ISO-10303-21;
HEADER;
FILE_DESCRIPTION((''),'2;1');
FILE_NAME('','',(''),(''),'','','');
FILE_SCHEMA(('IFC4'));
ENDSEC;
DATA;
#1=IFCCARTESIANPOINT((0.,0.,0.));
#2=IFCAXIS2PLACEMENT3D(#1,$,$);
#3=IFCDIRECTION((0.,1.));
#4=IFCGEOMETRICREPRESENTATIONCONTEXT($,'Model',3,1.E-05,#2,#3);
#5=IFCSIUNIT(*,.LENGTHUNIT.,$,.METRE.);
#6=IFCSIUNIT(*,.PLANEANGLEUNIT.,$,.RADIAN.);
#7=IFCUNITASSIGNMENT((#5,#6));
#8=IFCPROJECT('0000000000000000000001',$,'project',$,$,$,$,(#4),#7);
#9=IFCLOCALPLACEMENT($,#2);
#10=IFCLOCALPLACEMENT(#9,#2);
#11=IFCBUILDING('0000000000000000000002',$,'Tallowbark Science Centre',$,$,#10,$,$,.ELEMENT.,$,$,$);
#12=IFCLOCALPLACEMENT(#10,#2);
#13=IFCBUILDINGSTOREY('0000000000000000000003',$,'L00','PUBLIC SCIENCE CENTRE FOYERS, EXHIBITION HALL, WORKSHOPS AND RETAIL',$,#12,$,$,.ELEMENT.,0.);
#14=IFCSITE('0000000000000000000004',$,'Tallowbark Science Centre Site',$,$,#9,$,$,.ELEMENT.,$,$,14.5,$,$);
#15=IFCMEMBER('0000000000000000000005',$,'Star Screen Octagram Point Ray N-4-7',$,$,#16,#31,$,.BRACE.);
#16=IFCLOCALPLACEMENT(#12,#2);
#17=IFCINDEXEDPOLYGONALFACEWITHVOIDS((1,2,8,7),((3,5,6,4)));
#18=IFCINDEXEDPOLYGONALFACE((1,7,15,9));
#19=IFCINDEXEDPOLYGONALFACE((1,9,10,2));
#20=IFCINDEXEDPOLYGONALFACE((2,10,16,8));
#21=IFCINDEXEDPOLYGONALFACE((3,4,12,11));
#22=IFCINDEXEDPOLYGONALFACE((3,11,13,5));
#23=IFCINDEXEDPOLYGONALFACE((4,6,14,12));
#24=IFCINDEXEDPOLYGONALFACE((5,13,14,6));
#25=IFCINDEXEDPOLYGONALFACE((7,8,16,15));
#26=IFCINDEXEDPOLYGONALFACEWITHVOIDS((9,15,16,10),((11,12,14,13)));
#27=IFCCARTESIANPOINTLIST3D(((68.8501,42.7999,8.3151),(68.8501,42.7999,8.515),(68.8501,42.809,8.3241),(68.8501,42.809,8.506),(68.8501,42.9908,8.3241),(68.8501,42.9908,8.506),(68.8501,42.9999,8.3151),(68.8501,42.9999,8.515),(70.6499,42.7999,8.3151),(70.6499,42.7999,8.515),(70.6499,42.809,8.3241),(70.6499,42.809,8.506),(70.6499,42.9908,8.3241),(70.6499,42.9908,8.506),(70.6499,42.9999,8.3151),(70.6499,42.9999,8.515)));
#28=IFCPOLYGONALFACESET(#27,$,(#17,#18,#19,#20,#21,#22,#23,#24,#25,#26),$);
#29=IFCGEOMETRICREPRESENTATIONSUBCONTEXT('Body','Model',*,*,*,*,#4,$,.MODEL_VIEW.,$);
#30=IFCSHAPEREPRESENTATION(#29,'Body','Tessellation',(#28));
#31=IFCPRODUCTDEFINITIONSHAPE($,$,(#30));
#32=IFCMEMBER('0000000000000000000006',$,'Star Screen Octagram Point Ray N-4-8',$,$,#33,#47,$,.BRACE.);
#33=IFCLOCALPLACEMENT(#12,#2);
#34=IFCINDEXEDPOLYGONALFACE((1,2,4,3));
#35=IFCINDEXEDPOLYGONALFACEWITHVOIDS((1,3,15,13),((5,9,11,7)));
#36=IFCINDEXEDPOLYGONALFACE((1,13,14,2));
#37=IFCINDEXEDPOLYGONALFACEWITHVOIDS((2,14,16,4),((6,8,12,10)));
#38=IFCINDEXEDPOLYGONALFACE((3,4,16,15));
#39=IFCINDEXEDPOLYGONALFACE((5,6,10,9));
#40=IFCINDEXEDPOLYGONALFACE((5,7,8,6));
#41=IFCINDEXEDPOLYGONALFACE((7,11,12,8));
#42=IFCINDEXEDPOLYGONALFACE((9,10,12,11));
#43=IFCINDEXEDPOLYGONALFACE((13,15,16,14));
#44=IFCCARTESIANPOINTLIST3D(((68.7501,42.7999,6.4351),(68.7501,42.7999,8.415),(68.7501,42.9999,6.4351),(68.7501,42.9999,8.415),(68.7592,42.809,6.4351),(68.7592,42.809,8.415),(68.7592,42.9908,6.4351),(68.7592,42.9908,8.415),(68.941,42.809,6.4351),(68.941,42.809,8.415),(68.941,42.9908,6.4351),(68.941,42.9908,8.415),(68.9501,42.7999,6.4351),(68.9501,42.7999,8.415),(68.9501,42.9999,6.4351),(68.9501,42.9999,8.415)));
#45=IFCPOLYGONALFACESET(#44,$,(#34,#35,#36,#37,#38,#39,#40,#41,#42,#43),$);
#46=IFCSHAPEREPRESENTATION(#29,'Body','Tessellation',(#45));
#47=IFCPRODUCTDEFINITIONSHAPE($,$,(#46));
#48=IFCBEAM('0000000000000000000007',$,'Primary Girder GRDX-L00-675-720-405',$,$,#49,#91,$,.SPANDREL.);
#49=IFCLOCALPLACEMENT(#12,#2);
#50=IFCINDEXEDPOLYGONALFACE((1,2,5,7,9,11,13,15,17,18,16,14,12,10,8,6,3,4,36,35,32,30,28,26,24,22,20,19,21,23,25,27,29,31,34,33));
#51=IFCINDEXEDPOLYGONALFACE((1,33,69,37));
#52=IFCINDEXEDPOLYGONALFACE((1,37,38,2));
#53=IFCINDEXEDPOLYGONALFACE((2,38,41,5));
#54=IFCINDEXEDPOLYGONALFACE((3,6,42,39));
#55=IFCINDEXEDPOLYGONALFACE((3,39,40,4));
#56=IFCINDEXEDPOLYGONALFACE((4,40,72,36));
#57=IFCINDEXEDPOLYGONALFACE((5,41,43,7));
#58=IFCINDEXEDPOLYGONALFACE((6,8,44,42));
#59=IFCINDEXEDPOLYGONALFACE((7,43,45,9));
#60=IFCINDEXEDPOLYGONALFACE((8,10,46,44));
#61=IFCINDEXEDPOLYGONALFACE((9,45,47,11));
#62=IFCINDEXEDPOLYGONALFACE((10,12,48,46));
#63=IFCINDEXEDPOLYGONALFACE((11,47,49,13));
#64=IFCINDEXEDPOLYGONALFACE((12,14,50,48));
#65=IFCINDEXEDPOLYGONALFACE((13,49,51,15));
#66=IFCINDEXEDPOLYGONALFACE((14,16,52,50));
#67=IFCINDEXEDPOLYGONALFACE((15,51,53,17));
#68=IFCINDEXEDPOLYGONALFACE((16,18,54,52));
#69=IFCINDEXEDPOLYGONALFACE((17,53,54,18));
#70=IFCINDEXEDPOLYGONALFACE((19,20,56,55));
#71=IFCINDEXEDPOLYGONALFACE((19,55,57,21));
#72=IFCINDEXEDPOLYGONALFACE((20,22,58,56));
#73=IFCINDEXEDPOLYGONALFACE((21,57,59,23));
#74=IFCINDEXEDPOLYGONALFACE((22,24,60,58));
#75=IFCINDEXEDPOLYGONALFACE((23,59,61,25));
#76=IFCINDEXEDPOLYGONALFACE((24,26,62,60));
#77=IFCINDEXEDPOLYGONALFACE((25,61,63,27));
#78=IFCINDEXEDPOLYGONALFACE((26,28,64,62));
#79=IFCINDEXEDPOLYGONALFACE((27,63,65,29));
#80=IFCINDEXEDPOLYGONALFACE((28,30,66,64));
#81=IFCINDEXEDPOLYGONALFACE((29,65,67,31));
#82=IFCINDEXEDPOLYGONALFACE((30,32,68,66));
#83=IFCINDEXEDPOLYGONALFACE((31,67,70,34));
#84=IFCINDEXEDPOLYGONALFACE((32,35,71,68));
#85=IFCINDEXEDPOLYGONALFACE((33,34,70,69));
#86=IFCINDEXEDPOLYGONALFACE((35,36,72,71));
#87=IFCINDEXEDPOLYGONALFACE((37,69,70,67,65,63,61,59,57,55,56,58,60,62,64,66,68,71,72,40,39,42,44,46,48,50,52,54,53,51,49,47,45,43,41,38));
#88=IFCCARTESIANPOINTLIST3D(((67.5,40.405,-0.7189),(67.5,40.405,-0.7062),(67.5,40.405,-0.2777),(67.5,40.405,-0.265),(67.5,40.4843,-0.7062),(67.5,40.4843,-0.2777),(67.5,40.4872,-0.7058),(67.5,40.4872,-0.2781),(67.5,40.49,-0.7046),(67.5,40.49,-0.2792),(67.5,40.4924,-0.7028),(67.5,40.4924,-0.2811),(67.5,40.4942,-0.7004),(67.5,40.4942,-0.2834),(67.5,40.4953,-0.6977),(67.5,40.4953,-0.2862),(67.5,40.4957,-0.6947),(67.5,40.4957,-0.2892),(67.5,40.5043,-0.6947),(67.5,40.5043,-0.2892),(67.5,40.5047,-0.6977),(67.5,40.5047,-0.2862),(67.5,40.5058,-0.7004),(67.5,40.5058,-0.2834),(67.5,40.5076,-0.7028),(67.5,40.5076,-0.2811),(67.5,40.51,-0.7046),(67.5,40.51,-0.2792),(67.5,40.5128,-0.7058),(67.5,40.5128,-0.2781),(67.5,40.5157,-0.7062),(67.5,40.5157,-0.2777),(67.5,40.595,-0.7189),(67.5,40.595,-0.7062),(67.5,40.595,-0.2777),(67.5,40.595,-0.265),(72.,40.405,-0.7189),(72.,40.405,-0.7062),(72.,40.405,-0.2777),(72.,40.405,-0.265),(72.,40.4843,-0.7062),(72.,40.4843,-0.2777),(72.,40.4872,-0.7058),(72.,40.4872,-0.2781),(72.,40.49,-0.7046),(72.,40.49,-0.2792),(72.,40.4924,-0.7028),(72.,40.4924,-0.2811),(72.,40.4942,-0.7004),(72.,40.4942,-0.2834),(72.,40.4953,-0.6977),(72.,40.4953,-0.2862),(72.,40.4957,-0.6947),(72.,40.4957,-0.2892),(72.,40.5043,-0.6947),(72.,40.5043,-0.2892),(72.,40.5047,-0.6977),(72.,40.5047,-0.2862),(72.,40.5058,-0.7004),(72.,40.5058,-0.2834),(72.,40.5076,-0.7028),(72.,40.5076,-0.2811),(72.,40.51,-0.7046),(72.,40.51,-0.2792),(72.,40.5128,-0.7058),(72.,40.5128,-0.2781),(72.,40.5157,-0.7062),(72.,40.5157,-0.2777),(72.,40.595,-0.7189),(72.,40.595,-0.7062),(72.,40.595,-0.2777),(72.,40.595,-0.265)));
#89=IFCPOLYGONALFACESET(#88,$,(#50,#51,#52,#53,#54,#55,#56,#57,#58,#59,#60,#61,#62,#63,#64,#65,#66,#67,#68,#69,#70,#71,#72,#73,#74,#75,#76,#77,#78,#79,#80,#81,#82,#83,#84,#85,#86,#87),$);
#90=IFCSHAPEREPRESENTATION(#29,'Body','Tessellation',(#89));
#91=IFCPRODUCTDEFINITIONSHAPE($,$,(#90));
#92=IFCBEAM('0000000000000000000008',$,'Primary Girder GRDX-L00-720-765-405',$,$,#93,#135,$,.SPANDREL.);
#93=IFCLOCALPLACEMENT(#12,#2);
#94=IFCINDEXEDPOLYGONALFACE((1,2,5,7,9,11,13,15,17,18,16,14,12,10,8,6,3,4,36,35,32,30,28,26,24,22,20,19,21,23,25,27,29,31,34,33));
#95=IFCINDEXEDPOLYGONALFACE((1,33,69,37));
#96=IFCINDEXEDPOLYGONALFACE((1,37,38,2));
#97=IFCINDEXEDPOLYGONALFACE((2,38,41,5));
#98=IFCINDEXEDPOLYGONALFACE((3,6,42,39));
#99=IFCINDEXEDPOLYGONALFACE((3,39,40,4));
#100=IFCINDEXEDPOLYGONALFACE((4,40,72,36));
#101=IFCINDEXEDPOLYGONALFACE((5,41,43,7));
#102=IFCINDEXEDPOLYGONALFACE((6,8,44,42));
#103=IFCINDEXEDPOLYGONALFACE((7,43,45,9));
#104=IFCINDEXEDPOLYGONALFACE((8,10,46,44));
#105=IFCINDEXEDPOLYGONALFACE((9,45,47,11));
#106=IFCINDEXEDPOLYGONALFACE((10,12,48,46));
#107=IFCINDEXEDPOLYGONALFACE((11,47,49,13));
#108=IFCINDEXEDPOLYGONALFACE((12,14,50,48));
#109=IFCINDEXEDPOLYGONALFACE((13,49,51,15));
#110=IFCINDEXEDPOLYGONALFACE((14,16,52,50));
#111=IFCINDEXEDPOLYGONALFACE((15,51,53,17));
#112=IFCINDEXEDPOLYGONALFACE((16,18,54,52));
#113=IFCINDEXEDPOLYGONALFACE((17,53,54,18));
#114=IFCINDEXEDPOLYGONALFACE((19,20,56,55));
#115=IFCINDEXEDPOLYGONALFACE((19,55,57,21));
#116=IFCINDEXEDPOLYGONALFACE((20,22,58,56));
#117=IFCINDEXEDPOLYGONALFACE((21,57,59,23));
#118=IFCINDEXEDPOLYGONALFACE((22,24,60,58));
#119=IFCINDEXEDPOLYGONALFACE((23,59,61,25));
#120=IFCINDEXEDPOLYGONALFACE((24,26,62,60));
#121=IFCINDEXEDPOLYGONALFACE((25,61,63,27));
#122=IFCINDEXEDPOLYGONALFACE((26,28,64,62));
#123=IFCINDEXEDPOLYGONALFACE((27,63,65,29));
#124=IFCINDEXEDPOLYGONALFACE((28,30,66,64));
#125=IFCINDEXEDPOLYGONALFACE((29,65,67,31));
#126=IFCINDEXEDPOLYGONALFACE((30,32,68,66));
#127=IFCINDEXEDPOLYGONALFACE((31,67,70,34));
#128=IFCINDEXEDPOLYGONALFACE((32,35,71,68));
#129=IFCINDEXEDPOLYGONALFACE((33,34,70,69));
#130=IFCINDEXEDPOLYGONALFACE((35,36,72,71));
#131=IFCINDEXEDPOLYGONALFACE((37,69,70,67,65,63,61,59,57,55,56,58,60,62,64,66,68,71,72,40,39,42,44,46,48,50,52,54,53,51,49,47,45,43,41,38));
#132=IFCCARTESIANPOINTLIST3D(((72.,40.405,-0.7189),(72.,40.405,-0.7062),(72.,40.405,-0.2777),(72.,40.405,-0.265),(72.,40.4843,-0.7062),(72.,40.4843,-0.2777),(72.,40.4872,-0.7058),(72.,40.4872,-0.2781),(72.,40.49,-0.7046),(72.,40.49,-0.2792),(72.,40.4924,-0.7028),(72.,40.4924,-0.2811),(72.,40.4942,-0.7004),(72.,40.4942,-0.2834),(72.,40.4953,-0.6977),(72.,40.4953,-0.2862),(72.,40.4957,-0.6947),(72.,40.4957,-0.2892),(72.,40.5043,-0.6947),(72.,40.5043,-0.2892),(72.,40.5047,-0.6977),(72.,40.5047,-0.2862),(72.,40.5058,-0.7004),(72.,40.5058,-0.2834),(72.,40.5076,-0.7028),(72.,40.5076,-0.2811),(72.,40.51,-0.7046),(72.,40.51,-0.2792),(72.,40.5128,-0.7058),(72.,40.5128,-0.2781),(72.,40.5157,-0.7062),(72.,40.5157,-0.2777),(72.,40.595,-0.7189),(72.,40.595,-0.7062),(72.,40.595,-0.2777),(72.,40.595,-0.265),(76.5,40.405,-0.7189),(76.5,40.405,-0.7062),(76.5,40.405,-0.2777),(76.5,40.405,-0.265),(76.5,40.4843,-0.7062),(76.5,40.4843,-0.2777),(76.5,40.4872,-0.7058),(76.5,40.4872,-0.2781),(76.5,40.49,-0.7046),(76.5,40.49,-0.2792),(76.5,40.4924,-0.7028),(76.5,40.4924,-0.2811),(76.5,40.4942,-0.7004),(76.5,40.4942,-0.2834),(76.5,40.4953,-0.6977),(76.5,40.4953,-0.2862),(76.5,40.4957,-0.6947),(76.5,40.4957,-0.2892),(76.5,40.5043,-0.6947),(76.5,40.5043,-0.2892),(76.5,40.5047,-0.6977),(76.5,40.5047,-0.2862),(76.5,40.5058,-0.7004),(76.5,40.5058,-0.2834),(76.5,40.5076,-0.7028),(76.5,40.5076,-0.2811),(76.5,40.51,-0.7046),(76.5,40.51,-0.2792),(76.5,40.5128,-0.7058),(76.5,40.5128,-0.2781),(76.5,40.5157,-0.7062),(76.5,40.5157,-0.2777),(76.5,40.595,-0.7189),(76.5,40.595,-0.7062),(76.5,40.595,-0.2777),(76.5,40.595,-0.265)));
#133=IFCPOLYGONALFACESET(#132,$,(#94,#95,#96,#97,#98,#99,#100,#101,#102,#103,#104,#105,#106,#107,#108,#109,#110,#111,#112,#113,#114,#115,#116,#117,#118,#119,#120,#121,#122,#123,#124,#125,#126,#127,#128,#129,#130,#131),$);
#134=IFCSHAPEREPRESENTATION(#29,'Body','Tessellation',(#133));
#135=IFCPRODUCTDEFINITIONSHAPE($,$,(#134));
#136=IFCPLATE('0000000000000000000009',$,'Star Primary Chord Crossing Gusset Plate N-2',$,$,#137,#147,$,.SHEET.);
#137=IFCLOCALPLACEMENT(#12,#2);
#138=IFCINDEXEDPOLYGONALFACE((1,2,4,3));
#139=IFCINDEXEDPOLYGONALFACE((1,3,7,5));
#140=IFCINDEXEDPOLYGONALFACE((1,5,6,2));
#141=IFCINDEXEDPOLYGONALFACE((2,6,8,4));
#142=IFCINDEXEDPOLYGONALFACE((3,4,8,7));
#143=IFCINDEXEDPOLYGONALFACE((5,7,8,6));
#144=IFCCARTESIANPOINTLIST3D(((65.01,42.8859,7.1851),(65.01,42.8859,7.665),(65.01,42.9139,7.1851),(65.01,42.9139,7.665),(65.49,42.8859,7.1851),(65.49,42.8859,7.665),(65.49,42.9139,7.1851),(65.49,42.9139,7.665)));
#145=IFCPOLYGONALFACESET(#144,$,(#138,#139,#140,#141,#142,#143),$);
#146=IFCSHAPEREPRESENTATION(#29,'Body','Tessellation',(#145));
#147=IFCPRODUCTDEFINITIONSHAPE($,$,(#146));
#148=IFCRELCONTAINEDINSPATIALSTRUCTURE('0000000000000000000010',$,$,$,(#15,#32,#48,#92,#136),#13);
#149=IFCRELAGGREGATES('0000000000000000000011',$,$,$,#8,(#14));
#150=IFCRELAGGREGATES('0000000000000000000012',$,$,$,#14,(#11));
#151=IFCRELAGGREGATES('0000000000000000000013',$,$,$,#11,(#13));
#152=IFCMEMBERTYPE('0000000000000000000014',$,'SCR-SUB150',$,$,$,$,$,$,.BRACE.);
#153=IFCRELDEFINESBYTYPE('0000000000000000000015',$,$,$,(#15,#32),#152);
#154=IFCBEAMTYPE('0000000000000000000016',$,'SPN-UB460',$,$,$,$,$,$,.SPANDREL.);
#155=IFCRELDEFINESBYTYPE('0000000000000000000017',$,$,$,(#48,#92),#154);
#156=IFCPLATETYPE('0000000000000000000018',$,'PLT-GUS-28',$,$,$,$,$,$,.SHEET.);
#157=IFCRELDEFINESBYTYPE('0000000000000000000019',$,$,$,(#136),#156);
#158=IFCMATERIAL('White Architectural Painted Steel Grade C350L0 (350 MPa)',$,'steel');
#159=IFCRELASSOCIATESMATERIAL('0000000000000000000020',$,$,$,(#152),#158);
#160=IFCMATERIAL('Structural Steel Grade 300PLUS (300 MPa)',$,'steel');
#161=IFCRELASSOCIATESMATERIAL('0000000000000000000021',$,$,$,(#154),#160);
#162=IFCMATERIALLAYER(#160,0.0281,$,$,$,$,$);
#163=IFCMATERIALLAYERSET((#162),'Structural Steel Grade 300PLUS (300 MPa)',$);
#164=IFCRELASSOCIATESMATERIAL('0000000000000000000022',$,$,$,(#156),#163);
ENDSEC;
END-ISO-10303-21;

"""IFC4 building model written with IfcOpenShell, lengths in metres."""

from ifc_helpers import new_model, si_unit, direction, frame, origin, origin_2d, place, context, subcontext, project, spatial, rectangle, hollow_rectangle, i_section, extrude, material, layer, layer_set, material_profile, profile_set, type_object, element, save


model = new_model("IFC4")

# Units and contexts
model_context = context("Model", 3, precision=1e-05, world=origin(), true_north=direction((0.0, 1.0)))
body_context = subcontext(model_context, "Body", "Model", "MODEL_VIEW")
ifc_project = project(units=[si_unit("LENGTHUNIT", "METRE"), si_unit("PLANEANGLEUNIT", "RADIAN")], contexts=[model_context])

# Site, building, storey
site_placement = place(None, origin())
site = spatial("IfcSite", under=ifc_project, at=site_placement, Name="Tallowbark Science Centre Site", CompositionType="ELEMENT", RefElevation=14.5)
building_placement = place(site_placement, origin())
building = spatial("IfcBuilding", under=site, at=building_placement, Name="Tallowbark Science Centre", CompositionType="ELEMENT")
storey_placement = place(building_placement, origin())
storey = spatial("IfcBuildingStorey", under=building, at=storey_placement, Name="L00", Description="PUBLIC SCIENCE CENTRE FOYERS, EXHIBITION HALL, WORKSHOPS AND RETAIL", CompositionType="ELEMENT", Elevation=0.0)

# Shared definitions
ifc_material_1 = material(Name="White Architectural Painted Steel Grade C350L0 (350 MPa)", Category="steel")
ifc_material_2 = material(Name="Structural Steel Grade 300PLUS (300 MPa)", Category="steel")

# Members
ifc_material_profile_1 = material_profile(ifc_material_1, hollow_rectangle(XDim=0.2, YDim=0.2, WallThickness=0.009, at=origin_2d()), Name="200x200x9.0SHS")
ifc_profile_set_1 = profile_set([ifc_material_profile_1], Name="White Architectural Painted Steel Grade C350L0 (350 MPa)")
member_type_1 = type_object("IfcMemberType", Name="SCR-SUB150", PredefinedType="BRACE", material=ifc_profile_set_1)
member_1_placement = place(storey_placement, frame((68.8501, 42.8999, 8.415), z_axis=(1.0, 0.0, 0.0), x_axis=(0.0, 1.0, 0.0)))
element("IfcMember", 1, at=member_1_placement, inside=storey, type_object=member_type_1, Name="Star Screen Octagram Point Ray N-4-7", PredefinedType="BRACE", context=body_context, shape_type="SweptSolid", body=[
    extrude(hollow_rectangle(XDim=0.2, YDim=0.2, WallThickness=0.009, at=origin_2d()), origin(), (0.0, 0.0, 1.0), 1.7998),
])
member_2_placement = place(storey_placement, frame((68.8501, 42.8999, 8.415), z_axis=(0.0, 0.0, -1.0), x_axis=(1.0, 0.0, 0.0)))
element("IfcMember", 2, at=member_2_placement, inside=storey, type_object=member_type_1, Name="Star Screen Octagram Point Ray N-4-8", PredefinedType="BRACE", context=body_context, shape_type="SweptSolid", body=[
    extrude(hollow_rectangle(XDim=0.2, YDim=0.2, WallThickness=0.009, at=origin_2d()), origin(), (0.0, 0.0, 1.0), 1.98),
])

# Beams
ifc_material_profile_2 = material_profile(ifc_material_2, i_section(OverallWidth=0.1899, OverallDepth=0.4539, WebThickness=0.0085, FlangeThickness=0.0127, FilletRadius=0.0115, at=origin_2d()), Name="460UB67.1")
ifc_profile_set_2 = profile_set([ifc_material_profile_2], Name="Structural Steel Grade 300PLUS (300 MPa)")
beam_type = type_object("IfcBeamType", Name="SPN-UB460", PredefinedType="SPANDREL", material=ifc_profile_set_2)
for number, where, z_axis, x_axis, name in (
    (3, (67.5, 40.5, -0.4919), (1.0, 0.0, 0.0), (0.0, 1.0, 0.0), "Primary Girder GRDX-L00-675-720-405"),
    (4, (72.0, 40.5, -0.4919), (1.0, 0.0, 0.0), (0.0, 1.0, 0.0), "Primary Girder GRDX-L00-720-765-405"),
):
    element("IfcBeam", number, at=place(storey_placement, frame(where, z_axis=z_axis, x_axis=x_axis)), inside=storey, type_object=beam_type, Name=name, PredefinedType="SPANDREL", context=body_context, shape_type="SweptSolid", body=[
        extrude(i_section(OverallWidth=0.1899, OverallDepth=0.4539, WebThickness=0.0085, FlangeThickness=0.0127, FilletRadius=0.0115, at=origin_2d()), origin(), (0.0, 0.0, 1.0), 4.5),
    ])

# Plate
ifc_layer_1 = layer(ifc_material_2, 0.0281)
ifc_layer_set_1 = layer_set([ifc_layer_1], Name="Structural Steel Grade 300PLUS (300 MPa)")
plate_type = type_object("IfcPlateType", Name="PLT-GUS-28", PredefinedType="SHEET", material=ifc_layer_set_1)
plate_placement = place(storey_placement, frame((65.25, 42.8999, 7.1851), z_axis=(0.0, 0.0, 1.0), x_axis=(1.0, 0.0, 0.0)))
element("IfcPlate", 5, at=plate_placement, inside=storey, type_object=plate_type, Name="Star Primary Chord Crossing Gusset Plate N-2", PredefinedType="SHEET", context=body_context, shape_type="SweptSolid", body=[
    extrude(rectangle(XDim=0.48, YDim=0.0281, at=origin_2d()), origin(), (0.0, 0.0, 1.0), 0.48),
])

save(model, "model.ifc")
